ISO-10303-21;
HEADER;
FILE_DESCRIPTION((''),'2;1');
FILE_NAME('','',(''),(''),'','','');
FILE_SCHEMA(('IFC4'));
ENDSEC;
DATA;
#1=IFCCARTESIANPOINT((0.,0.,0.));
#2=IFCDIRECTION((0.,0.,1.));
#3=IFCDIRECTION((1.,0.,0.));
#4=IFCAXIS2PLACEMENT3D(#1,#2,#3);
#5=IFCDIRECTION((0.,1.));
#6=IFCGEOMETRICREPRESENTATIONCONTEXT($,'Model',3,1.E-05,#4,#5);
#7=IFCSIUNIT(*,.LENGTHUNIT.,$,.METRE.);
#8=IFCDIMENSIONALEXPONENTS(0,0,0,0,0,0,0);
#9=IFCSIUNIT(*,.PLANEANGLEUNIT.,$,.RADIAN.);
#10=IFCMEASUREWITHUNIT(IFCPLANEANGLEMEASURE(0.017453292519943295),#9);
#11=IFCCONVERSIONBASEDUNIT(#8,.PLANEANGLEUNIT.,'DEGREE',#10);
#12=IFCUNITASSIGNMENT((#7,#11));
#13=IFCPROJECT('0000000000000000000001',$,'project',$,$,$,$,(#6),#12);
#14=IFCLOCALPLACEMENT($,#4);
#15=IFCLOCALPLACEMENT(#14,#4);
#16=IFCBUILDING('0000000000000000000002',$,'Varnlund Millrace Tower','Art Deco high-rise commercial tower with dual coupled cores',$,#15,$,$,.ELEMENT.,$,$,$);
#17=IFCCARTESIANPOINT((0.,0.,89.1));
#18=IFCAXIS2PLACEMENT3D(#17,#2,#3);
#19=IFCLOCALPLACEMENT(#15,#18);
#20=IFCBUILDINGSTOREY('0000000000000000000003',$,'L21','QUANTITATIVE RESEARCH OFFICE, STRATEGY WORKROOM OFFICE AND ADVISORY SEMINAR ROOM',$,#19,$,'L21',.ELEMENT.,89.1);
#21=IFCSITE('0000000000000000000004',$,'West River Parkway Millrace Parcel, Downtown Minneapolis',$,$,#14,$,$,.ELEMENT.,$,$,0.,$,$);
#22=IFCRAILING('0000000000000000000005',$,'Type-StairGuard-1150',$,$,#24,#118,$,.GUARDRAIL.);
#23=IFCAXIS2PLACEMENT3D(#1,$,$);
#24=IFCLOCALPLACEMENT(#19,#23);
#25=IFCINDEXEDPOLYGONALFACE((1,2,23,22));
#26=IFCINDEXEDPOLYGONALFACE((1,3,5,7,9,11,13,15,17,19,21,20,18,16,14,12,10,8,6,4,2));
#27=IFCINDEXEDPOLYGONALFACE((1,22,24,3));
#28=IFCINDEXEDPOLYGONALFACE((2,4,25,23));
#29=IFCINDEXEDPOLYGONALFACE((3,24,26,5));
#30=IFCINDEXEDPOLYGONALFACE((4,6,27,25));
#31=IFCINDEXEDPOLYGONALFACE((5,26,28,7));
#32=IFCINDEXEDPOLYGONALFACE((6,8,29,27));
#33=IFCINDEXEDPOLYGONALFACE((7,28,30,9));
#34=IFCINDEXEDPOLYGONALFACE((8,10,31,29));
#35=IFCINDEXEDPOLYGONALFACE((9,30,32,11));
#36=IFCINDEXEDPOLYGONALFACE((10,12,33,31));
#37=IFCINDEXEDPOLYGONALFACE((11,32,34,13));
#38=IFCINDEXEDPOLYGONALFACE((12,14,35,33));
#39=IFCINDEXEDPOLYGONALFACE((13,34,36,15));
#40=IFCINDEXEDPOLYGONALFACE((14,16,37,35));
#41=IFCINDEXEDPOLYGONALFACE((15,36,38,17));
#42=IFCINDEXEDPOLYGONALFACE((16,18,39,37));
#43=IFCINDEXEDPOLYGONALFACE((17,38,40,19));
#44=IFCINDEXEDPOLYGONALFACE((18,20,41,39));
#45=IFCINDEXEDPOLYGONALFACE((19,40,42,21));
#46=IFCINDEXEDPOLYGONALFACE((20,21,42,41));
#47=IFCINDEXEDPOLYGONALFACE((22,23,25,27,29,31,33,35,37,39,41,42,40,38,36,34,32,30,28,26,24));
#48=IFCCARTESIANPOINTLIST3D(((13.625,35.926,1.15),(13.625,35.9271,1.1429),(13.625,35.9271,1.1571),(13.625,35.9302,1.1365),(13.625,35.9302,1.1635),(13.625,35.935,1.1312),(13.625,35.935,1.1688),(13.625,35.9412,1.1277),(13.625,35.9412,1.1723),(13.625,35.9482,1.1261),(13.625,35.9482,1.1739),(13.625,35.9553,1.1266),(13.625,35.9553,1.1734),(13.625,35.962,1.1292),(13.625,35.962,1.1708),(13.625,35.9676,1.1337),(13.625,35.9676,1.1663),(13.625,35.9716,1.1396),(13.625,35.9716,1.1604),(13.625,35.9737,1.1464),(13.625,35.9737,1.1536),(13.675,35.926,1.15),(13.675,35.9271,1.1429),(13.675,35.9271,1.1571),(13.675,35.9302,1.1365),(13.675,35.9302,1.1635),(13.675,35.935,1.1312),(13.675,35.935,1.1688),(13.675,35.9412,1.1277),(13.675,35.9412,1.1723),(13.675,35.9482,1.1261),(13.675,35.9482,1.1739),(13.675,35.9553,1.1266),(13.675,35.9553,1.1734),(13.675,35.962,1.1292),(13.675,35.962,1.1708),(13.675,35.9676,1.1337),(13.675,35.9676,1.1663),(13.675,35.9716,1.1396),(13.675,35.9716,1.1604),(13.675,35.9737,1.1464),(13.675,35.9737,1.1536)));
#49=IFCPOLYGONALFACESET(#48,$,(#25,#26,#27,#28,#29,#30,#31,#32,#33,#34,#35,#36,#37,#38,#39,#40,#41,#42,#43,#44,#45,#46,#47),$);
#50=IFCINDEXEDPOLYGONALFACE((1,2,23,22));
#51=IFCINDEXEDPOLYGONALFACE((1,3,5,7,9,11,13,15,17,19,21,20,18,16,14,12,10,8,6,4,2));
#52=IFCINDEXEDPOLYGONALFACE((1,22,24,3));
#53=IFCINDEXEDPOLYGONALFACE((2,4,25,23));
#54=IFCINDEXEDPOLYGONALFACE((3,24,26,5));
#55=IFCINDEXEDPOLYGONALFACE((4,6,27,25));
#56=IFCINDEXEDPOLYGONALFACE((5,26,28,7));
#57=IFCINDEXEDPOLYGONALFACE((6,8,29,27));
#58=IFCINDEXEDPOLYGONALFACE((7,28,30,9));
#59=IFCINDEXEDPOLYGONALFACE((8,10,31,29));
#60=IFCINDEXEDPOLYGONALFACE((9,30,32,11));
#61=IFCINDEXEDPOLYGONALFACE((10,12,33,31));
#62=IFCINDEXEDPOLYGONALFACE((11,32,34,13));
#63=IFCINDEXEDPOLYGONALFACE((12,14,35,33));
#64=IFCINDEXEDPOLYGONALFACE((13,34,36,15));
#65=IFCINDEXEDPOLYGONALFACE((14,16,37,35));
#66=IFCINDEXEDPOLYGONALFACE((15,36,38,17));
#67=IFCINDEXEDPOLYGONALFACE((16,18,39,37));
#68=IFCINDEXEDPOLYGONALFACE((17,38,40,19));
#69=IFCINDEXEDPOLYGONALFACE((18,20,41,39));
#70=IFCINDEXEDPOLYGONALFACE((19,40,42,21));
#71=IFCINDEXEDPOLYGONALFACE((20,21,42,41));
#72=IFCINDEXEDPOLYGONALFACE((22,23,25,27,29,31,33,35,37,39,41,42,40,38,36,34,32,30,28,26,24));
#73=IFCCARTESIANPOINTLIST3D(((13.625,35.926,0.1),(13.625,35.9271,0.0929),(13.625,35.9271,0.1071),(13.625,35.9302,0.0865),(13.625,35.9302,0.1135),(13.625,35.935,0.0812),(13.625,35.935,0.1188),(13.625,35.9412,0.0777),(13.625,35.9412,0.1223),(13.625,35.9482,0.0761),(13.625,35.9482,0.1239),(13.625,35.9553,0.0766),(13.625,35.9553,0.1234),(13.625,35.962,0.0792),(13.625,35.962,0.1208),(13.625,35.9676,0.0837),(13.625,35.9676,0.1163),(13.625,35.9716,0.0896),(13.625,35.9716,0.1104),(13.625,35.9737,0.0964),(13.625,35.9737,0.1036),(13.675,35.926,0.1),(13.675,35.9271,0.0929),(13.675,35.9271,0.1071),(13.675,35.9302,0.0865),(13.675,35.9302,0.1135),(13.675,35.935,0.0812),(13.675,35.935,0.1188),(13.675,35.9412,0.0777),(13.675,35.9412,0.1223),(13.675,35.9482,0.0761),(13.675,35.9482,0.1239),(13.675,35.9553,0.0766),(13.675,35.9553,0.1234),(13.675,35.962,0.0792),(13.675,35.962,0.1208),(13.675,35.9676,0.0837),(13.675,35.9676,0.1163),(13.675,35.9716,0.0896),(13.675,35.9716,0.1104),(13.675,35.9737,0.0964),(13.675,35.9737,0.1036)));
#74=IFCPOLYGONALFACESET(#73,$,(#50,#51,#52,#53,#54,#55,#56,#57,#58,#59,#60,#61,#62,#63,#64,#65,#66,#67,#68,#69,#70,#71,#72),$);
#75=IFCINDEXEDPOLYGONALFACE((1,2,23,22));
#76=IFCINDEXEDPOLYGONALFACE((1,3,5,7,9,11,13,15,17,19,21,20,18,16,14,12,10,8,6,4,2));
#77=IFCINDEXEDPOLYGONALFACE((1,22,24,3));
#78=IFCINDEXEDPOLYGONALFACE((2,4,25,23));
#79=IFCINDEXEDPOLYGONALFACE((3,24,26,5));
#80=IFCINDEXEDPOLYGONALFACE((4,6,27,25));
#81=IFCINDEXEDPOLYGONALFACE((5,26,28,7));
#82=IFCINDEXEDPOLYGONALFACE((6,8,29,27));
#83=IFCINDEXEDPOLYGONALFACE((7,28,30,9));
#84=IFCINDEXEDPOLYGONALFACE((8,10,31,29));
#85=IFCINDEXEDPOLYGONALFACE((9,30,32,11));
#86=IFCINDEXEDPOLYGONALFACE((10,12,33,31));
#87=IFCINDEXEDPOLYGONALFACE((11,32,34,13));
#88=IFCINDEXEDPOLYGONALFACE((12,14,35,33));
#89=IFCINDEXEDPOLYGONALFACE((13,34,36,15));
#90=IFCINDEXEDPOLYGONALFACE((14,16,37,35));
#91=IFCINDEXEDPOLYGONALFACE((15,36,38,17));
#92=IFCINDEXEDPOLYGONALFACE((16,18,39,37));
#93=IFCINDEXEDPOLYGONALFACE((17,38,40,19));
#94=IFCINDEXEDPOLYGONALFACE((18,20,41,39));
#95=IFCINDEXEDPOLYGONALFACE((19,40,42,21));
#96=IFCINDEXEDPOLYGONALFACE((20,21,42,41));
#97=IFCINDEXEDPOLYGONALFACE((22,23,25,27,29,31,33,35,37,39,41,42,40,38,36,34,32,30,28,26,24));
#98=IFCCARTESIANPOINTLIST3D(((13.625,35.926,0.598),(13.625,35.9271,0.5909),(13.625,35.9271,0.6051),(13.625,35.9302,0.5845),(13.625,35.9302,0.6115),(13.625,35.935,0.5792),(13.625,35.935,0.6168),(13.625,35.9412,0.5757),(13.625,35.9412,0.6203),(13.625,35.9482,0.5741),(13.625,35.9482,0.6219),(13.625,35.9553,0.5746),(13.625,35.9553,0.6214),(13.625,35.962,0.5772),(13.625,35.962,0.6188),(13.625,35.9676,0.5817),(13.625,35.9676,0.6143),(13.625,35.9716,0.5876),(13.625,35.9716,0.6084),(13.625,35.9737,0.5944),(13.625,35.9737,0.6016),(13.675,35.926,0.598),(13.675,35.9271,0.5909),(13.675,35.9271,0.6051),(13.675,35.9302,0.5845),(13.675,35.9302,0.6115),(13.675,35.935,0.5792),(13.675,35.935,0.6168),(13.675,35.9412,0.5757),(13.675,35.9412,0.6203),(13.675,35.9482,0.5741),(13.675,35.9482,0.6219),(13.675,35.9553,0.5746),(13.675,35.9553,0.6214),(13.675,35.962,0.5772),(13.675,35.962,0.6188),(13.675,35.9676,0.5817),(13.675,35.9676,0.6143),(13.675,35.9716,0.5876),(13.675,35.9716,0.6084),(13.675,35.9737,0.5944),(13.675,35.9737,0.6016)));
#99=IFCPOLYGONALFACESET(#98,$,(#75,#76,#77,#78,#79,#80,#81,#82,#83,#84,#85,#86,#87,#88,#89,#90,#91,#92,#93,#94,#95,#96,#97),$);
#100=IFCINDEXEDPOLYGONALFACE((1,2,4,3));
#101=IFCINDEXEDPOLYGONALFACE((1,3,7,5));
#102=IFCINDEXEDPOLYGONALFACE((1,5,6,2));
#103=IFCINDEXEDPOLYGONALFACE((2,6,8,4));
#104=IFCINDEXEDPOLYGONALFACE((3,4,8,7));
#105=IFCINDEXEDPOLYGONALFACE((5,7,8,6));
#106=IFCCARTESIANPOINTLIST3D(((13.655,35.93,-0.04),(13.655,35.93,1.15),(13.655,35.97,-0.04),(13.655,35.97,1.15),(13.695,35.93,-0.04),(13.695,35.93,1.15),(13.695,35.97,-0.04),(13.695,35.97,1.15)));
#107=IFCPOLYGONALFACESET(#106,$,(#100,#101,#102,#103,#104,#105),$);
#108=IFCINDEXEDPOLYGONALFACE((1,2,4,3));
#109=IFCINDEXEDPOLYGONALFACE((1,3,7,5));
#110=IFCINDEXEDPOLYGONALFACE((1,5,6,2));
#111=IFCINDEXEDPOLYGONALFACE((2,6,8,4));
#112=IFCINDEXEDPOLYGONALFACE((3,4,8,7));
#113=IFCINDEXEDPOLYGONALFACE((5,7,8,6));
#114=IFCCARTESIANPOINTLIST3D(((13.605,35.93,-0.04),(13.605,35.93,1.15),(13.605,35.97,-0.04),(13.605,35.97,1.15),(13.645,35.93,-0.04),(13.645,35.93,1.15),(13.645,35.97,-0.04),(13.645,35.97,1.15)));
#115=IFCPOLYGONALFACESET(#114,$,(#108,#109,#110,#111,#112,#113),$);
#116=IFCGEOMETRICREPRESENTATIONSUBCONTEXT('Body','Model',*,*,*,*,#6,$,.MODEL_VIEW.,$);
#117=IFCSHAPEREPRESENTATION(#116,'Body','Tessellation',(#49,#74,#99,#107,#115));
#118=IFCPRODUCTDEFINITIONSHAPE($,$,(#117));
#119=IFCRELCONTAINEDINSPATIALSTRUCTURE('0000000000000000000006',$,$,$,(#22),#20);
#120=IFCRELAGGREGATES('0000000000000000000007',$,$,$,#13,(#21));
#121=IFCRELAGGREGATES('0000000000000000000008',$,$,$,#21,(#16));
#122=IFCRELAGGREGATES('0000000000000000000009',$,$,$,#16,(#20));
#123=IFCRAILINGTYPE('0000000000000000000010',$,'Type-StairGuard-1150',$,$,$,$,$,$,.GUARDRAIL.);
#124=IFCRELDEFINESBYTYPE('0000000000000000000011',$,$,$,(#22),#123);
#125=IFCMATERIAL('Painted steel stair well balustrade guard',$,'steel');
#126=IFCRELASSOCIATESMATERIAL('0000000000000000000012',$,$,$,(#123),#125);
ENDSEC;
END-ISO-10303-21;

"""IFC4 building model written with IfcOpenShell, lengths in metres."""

from ifc_helpers import new_model, entity, si_unit, converted_unit, direction, frame, origin_with_axes, origin_2d_with_axis, place, context, subcontext, project, spatial, rectangle, circle, extrude, material, type_object, element, save


model = new_model("IFC4")

# Units and contexts
model_context = context("Model", 3, precision=1e-05, world=origin_with_axes(), true_north=direction((0.0, 1.0)))
body_context = subcontext(model_context, "Body", "Model", "MODEL_VIEW")
ifc_project = project(units=[si_unit("LENGTHUNIT", "METRE"), converted_unit("PLANEANGLEUNIT", "DEGREE", entity("IfcPlaneAngleMeasure", 0.017453292519943295), si_unit("PLANEANGLEUNIT", "RADIAN"), dimensions=[0, 0, 0, 0, 0, 0, 0])], contexts=[model_context])

# Site, building, storey
site_placement = place(None, origin_with_axes())
site = spatial("IfcSite", under=ifc_project, at=site_placement, Name="West River Parkway Millrace Parcel, Downtown Minneapolis", CompositionType="ELEMENT", RefElevation=0.0)
building_placement = place(site_placement, origin_with_axes())
building = spatial("IfcBuilding", under=site, at=building_placement, Name="Varnlund Millrace Tower", Description="Art Deco high-rise commercial tower with dual coupled cores", CompositionType="ELEMENT")
storey_placement = place(building_placement, frame((0.0, 0.0, 89.1), z_axis=(0.0, 0.0, 1.0), x_axis=(1.0, 0.0, 0.0)))
storey = spatial("IfcBuildingStorey", under=building, at=storey_placement, Name="L21", Description="QUANTITATIVE RESEARCH OFFICE, STRATEGY WORKROOM OFFICE AND ADVISORY SEMINAR ROOM", LongName="L21", CompositionType="ELEMENT", Elevation=89.1)

# Railing
ifc_material_1 = material(Name="Painted steel stair well balustrade guard", Category="steel")
railing_type_1 = type_object("IfcRailingType", Name="Type-StairGuard-1150", PredefinedType="GUARDRAIL", material=ifc_material_1)
railing_1_placement = place(storey_placement, frame((0.0, 0.0, -89.1), z_axis=(0.0, 0.0, 1.0), x_axis=(1.0, 0.0, 0.0)))
element("IfcRailing", 1, at=railing_1_placement, inside=storey, type_object=railing_type_1, Name="Type-StairGuard-1150", PredefinedType="GUARDRAIL", context=body_context, shape_type="SweptSolid", body=[
    extrude(circle(Radius=0.024, at=origin_2d_with_axis()), frame((13.675, 35.95, 90.25), z_axis=(-1.0, 0.0, 0.0), x_axis=(0.0, -1.0, 0.0)), (0.0, 0.0, 1.0), 0.05),
    extrude(circle(Radius=0.024, at=origin_2d_with_axis()), frame((13.675, 35.95, 89.2), z_axis=(-1.0, 0.0, 0.0), x_axis=(0.0, -1.0, 0.0)), (0.0, 0.0, 1.0), 0.05),
    extrude(circle(Radius=0.024, at=origin_2d_with_axis()), frame((13.675, 35.95, 89.698), z_axis=(-1.0, 0.0, 0.0), x_axis=(0.0, -1.0, 0.0)), (0.0, 0.0, 1.0), 0.05),
    extrude(rectangle(XDim=0.04, YDim=0.04, at=origin_2d_with_axis()), frame((13.675, 35.95, 89.06), z_axis=(0.0, 0.0, 1.0), x_axis=(1.0, 0.0, 0.0)), (0.0, 0.0, 1.0), 1.19),
    extrude(rectangle(XDim=0.04, YDim=0.04, at=origin_2d_with_axis()), frame((13.625, 35.95, 89.06), z_axis=(0.0, 0.0, 1.0), x_axis=(1.0, 0.0, 0.0)), (0.0, 0.0, 1.0), 1.19),
])

save(model, "model.ifc")
